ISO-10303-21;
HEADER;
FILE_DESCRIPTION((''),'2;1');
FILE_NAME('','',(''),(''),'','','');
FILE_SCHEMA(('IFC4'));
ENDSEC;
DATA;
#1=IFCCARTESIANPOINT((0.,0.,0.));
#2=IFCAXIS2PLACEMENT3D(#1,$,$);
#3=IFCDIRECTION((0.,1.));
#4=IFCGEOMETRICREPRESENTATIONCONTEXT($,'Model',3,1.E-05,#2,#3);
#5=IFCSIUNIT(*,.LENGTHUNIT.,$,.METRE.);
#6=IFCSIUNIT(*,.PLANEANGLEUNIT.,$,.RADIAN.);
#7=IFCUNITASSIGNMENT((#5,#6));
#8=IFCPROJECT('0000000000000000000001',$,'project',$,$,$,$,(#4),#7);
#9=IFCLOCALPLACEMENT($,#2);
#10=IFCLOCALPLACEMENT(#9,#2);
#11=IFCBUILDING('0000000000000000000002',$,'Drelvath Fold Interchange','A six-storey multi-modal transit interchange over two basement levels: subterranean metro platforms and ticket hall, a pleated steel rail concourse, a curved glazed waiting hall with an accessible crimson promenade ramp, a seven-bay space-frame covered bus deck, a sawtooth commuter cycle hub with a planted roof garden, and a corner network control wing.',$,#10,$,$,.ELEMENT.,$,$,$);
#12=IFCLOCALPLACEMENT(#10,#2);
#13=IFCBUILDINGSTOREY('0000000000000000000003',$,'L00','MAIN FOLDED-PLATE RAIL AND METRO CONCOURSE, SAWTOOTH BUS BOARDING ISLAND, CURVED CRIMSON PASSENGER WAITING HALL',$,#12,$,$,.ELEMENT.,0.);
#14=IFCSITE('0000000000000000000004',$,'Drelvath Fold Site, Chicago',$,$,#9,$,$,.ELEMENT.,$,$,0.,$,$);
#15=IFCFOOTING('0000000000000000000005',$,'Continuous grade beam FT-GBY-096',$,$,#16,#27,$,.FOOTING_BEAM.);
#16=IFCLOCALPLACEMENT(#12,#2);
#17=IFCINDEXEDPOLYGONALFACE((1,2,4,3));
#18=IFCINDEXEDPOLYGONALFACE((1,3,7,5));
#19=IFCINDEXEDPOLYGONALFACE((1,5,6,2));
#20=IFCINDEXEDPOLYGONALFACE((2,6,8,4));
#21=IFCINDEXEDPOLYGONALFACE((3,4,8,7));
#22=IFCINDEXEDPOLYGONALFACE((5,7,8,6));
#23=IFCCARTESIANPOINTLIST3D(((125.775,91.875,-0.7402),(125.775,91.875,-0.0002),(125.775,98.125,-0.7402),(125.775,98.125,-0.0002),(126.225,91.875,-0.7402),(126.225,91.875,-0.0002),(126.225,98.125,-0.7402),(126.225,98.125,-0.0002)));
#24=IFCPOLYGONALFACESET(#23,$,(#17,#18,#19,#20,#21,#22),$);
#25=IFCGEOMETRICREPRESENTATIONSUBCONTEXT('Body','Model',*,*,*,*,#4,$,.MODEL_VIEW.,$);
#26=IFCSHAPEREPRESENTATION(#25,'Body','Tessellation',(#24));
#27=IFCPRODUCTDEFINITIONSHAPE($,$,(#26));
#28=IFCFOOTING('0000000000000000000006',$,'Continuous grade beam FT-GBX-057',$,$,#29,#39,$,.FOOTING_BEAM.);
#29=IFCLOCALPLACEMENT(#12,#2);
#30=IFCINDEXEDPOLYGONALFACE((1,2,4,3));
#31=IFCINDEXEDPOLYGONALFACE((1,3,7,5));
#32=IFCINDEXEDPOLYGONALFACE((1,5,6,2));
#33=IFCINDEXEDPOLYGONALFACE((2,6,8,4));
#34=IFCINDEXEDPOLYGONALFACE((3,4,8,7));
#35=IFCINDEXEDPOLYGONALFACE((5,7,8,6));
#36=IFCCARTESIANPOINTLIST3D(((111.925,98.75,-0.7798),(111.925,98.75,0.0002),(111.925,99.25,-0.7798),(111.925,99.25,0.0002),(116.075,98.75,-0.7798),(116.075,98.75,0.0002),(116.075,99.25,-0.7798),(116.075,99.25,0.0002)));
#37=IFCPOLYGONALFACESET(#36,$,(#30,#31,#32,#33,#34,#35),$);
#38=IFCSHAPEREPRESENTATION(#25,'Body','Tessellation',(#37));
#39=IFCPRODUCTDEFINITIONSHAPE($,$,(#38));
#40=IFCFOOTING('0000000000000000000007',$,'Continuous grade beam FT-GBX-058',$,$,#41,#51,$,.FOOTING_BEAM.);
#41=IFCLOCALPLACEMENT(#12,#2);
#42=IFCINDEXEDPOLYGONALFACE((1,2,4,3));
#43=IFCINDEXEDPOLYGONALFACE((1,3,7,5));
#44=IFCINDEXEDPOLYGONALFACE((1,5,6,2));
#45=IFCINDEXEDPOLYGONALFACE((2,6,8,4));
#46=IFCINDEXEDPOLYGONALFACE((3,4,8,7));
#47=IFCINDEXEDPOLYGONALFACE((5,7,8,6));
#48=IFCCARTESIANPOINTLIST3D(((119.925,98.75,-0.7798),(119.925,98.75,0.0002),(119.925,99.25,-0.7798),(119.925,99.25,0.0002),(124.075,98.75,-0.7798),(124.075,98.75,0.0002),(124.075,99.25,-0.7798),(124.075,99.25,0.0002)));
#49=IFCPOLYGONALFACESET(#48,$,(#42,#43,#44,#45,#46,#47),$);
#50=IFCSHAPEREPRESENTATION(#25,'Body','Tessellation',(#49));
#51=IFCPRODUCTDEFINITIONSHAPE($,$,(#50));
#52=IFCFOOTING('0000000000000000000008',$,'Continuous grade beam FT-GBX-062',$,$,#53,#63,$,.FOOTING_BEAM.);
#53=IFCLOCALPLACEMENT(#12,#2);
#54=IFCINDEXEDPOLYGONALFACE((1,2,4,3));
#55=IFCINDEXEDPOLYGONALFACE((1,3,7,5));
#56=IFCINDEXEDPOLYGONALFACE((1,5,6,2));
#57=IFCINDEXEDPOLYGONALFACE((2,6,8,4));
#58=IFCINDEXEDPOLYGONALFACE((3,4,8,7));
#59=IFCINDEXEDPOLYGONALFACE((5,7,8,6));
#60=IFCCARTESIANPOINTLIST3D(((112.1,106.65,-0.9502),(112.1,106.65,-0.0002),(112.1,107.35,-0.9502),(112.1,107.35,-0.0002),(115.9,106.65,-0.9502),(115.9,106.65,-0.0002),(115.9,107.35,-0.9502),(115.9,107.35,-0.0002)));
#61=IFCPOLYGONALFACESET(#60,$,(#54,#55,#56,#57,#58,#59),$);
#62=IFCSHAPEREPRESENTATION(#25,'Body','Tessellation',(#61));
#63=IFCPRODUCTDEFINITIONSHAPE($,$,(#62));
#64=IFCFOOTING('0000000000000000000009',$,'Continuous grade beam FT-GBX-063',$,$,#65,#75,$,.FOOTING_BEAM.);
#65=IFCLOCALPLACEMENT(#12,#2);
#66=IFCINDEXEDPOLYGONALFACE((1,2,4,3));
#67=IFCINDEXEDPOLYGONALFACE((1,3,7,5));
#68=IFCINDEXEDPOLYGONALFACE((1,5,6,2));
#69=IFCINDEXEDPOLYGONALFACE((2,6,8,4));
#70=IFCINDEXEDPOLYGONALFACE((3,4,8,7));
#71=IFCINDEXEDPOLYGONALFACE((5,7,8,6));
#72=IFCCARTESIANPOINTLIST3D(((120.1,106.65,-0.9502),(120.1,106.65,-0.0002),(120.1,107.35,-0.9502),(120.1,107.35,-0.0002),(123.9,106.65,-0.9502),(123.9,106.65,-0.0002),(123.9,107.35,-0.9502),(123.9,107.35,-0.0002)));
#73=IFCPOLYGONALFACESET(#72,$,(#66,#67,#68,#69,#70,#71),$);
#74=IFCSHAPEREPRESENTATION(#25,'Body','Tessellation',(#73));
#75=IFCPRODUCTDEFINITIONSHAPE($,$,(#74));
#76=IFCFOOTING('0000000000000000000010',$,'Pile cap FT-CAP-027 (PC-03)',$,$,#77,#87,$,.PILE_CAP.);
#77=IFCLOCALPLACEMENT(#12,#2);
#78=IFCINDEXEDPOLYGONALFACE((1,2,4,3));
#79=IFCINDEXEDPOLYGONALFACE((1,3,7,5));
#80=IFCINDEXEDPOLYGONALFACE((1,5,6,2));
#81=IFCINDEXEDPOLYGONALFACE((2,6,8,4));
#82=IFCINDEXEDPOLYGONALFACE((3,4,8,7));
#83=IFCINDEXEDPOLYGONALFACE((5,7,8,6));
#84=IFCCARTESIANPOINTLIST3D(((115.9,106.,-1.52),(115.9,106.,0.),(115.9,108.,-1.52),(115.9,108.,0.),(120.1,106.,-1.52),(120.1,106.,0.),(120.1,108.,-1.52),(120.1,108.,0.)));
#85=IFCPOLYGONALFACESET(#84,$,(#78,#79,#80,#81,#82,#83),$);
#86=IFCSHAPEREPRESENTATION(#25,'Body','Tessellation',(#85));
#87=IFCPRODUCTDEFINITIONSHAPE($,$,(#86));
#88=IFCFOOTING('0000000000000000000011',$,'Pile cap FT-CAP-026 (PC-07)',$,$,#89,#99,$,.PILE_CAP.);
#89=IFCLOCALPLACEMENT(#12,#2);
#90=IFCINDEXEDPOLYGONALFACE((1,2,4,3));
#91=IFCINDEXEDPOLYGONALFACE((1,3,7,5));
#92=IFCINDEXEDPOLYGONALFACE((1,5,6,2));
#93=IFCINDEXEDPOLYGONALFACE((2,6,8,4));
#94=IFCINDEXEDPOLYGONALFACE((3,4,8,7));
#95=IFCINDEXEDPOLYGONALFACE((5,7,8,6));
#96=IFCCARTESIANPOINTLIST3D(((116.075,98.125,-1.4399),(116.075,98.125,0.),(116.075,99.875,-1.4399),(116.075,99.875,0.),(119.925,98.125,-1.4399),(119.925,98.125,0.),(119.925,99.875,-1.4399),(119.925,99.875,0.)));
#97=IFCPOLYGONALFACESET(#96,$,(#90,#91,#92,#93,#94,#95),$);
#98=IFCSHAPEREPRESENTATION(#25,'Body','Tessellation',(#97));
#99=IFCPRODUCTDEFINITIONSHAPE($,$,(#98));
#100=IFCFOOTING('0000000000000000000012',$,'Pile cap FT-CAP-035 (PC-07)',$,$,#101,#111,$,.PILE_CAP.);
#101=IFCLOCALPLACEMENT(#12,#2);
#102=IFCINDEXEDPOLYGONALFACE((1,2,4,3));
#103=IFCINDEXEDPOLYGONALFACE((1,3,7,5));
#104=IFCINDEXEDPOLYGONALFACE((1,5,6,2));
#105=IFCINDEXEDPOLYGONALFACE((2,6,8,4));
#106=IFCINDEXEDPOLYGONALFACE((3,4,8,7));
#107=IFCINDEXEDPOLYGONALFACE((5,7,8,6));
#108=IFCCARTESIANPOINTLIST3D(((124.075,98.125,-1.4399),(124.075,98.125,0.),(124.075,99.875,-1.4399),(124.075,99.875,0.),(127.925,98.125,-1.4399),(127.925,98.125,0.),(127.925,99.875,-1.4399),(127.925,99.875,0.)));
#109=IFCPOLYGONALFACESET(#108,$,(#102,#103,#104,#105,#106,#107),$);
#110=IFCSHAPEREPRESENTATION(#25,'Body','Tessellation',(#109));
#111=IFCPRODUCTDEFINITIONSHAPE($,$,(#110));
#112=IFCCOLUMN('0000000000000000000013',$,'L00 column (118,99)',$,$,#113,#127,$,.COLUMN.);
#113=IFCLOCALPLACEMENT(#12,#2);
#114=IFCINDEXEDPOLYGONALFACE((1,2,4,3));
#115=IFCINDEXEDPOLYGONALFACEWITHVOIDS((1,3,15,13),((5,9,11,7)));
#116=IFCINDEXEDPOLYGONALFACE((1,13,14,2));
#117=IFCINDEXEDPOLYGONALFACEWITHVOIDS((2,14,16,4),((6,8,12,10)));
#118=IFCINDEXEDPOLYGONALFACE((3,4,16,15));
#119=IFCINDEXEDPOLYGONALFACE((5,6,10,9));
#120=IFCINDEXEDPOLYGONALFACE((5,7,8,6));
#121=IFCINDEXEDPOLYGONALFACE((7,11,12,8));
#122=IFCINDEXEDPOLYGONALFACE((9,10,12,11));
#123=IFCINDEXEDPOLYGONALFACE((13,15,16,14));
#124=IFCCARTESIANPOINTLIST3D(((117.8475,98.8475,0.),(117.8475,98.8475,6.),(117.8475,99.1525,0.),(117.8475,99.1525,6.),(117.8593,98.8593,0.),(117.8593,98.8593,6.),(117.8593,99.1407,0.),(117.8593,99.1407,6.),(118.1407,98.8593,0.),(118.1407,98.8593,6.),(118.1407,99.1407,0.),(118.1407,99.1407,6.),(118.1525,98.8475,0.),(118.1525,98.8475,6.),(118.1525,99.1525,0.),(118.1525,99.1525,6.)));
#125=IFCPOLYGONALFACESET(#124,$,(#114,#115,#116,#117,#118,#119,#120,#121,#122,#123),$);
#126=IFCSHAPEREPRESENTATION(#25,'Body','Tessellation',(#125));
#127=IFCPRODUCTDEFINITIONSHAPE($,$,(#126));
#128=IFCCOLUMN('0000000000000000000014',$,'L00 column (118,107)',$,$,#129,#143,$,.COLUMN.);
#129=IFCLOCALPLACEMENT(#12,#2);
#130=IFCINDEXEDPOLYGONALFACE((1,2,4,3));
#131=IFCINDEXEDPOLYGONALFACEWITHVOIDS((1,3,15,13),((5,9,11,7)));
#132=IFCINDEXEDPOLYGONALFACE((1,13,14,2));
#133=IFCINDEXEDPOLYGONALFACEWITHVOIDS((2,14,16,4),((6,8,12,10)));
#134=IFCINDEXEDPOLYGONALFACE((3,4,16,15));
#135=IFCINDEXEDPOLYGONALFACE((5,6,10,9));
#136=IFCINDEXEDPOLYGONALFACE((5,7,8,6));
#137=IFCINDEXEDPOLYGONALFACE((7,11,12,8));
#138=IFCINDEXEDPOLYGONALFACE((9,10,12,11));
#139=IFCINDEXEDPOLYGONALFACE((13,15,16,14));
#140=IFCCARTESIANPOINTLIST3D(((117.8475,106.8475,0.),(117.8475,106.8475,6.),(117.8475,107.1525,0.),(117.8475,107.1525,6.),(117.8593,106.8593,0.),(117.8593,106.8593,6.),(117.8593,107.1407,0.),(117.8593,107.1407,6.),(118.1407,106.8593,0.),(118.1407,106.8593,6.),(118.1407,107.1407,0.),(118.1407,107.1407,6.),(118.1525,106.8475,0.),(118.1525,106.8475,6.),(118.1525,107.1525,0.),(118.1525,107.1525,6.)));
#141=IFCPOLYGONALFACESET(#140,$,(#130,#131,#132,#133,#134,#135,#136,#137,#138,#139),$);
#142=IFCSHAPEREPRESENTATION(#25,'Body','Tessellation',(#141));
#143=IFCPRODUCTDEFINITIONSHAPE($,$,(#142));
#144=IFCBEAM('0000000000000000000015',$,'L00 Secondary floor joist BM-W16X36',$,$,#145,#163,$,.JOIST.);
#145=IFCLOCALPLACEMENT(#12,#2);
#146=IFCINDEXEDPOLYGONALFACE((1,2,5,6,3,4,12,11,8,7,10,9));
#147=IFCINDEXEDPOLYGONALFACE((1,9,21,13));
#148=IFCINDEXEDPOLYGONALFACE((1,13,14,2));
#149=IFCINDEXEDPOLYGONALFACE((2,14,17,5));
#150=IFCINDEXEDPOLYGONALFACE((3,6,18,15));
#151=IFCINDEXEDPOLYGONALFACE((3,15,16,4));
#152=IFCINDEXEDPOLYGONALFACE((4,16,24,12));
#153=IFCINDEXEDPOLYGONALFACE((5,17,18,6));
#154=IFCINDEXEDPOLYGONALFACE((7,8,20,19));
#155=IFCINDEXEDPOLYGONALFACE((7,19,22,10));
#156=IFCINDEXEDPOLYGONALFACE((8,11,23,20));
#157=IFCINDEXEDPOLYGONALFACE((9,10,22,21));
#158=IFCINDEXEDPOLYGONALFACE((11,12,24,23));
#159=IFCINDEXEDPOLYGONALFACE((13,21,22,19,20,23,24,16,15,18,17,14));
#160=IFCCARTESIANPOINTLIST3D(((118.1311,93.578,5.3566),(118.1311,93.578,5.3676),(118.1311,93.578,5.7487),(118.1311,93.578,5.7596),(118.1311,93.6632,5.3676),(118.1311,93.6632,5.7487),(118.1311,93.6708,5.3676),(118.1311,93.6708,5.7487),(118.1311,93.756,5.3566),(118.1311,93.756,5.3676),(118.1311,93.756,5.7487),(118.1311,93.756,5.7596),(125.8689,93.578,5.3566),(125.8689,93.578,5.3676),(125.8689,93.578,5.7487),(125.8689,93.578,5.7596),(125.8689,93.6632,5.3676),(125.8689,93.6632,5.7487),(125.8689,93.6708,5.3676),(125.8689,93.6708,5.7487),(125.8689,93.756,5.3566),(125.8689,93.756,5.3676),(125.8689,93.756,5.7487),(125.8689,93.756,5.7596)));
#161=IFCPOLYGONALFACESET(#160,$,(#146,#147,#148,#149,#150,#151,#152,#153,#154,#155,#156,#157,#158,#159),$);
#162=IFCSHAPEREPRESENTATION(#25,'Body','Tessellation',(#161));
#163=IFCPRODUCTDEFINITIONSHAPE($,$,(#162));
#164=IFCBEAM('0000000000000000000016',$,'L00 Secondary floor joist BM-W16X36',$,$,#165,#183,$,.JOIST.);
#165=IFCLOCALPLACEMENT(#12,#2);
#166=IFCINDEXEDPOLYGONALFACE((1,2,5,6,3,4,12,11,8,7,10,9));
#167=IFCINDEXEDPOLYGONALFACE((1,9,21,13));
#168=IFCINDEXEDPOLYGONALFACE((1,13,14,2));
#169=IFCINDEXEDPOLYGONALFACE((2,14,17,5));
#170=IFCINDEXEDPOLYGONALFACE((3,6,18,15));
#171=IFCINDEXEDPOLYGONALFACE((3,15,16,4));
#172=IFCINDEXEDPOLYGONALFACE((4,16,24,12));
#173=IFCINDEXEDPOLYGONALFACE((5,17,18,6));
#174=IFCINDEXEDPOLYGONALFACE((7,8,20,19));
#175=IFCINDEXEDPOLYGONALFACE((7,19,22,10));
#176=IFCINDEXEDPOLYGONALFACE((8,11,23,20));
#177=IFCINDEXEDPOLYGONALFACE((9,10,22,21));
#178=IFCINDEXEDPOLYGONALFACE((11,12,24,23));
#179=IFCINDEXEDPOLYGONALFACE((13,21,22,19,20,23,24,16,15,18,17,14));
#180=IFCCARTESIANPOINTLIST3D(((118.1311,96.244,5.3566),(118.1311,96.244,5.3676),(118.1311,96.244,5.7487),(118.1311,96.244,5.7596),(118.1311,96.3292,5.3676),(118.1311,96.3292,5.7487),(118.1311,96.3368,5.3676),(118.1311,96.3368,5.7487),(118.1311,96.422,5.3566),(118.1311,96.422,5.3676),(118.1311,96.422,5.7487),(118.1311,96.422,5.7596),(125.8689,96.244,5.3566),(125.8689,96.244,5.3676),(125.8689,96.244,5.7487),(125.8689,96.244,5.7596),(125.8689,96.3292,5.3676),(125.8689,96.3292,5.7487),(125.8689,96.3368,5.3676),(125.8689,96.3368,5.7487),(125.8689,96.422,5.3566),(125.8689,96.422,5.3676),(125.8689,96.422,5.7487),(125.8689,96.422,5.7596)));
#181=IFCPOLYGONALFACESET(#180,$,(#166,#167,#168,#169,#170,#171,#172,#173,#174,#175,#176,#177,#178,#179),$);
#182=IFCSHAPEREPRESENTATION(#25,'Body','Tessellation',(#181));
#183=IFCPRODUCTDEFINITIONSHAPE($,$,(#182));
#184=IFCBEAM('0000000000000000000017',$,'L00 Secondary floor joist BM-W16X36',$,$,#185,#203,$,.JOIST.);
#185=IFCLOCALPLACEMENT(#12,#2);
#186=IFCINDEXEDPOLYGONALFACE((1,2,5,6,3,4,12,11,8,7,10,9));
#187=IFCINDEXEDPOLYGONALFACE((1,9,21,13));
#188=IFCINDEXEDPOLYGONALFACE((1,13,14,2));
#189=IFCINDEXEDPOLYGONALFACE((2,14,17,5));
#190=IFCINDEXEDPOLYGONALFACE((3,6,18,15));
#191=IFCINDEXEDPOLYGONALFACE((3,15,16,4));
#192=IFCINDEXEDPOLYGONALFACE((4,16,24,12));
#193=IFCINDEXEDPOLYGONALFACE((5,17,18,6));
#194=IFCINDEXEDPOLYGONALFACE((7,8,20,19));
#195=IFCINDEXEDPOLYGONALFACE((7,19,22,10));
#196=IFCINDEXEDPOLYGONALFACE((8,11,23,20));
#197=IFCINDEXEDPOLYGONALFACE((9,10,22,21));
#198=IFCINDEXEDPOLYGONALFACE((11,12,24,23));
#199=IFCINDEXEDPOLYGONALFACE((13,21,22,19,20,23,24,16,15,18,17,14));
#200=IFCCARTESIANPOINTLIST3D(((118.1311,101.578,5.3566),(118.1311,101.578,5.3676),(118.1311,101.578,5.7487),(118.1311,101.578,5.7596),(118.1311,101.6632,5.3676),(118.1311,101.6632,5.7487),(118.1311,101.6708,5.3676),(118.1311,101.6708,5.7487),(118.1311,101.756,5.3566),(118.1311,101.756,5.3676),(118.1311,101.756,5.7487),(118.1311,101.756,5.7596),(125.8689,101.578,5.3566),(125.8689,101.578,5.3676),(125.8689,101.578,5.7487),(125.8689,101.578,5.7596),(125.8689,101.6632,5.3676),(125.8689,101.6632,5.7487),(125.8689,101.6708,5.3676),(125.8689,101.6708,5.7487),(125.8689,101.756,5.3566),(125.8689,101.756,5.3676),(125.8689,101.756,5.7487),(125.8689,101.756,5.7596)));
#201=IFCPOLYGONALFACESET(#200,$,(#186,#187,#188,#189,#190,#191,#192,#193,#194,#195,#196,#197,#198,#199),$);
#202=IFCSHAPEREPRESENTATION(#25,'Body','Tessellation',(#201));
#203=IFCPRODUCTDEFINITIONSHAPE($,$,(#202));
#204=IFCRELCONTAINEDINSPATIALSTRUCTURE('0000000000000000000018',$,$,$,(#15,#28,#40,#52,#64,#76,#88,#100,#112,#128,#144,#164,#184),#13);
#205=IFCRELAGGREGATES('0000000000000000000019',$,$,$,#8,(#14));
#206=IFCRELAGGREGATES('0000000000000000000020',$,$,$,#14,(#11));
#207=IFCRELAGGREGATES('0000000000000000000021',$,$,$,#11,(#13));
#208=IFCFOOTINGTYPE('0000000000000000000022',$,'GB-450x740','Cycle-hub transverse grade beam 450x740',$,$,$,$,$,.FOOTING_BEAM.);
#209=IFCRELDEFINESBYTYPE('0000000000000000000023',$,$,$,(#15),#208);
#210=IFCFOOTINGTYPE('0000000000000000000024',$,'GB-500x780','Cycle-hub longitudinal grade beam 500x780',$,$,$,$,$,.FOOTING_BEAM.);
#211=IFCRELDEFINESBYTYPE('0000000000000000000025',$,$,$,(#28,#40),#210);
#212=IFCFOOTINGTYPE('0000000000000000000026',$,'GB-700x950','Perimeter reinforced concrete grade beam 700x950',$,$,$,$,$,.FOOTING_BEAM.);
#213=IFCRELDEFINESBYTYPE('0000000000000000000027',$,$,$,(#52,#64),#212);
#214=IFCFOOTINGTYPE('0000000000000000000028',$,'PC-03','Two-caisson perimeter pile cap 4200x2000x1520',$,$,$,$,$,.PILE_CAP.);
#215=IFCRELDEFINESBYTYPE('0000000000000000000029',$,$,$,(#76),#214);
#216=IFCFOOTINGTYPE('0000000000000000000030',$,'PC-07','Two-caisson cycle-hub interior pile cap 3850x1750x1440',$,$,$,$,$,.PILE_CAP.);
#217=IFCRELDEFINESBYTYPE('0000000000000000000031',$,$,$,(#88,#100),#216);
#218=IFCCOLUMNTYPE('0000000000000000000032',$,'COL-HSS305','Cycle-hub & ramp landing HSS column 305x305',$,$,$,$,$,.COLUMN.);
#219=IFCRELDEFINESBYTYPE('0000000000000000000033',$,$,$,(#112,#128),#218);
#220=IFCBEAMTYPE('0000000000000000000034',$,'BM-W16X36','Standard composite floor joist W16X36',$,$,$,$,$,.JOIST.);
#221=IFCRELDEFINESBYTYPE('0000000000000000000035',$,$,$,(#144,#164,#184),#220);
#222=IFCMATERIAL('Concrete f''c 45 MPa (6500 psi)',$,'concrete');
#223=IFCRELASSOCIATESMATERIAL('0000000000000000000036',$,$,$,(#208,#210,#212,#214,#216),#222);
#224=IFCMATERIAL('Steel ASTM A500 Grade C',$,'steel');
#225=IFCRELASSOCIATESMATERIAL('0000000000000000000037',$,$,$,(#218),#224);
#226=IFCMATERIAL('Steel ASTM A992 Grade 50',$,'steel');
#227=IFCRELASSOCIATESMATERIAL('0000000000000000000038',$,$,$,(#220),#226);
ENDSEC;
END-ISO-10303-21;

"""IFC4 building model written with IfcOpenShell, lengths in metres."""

from ifc_helpers import new_model, si_unit, direction, frame, origin, origin_2d, place, context, subcontext, project, spatial, rectangle, hollow_rectangle, i_section, extrude, material, material_profile, profile_set, type_object, element, save


model = new_model("IFC4")

# Units and contexts
model_context = context("Model", 3, precision=1e-05, world=origin(), true_north=direction((0.0, 1.0)))
body_context = subcontext(model_context, "Body", "Model", "MODEL_VIEW")
ifc_project = project(units=[si_unit("LENGTHUNIT", "METRE"), si_unit("PLANEANGLEUNIT", "RADIAN")], contexts=[model_context])

# Site, building, storey
site_placement = place(None, origin())
site = spatial("IfcSite", under=ifc_project, at=site_placement, Name="Drelvath Fold Site, Chicago", CompositionType="ELEMENT", RefElevation=0.0)
building_placement = place(site_placement, origin())
building = spatial("IfcBuilding", under=site, at=building_placement, Name="Drelvath Fold Interchange", Description="A six-storey multi-modal transit interchange over two basement levels: subterranean metro platforms and ticket hall, a pleated steel rail concourse, a curved glazed waiting hall with an accessible crimson promenade ramp, a seven-bay space-frame covered bus deck, a sawtooth commuter cycle hub with a planted roof garden, and a corner network control wing.", CompositionType="ELEMENT")
storey_placement = place(building_placement, origin())
storey = spatial("IfcBuildingStorey", under=building, at=storey_placement, Name="L00", Description="MAIN FOLDED-PLATE RAIL AND METRO CONCOURSE, SAWTOOTH BUS BOARDING ISLAND, CURVED CRIMSON PASSENGER WAITING HALL", CompositionType="ELEMENT", Elevation=0.0)

# Footings
ifc_material_1 = material(Name="Concrete f'c 45 MPa (6500 psi)", Category="concrete")
footing_type_1 = type_object("IfcFootingType", Name="GB-450x740", Description="Cycle-hub transverse grade beam 450x740", PredefinedType="FOOTING_BEAM", material=ifc_material_1)
footing_1_placement = place(storey_placement, frame((126.0, 95.0, -0.7402), z_axis=(0.0, 0.0, 1.0), x_axis=(1.0, 0.0, 0.0)))
element("IfcFooting", 1, at=footing_1_placement, inside=storey, type_object=footing_type_1, Name="Continuous grade beam FT-GBY-096", PredefinedType="FOOTING_BEAM", context=body_context, shape_type="SweptSolid", body=[
    extrude(rectangle(XDim=0.45, YDim=6.25, at=origin_2d()), origin(), (0.0, 0.0, 1.0), 0.74),
])
footing_type_2 = type_object("IfcFootingType", Name="GB-500x780", Description="Cycle-hub longitudinal grade beam 500x780", PredefinedType="FOOTING_BEAM", material=ifc_material_1)
for number, where, z_axis, x_axis, name in (
    (2, (114.0, 99.0, -0.7798), (0.0, 0.0, 1.0), (1.0, 0.0, 0.0), "Continuous grade beam FT-GBX-057"),
    (3, (122.0, 99.0, -0.7798), (0.0, 0.0, 1.0), (1.0, 0.0, 0.0), "Continuous grade beam FT-GBX-058"),
):
    element("IfcFooting", number, at=place(storey_placement, frame(where, z_axis=z_axis, x_axis=x_axis)), inside=storey, type_object=footing_type_2, Name=name, PredefinedType="FOOTING_BEAM", context=body_context, shape_type="SweptSolid", body=[
        extrude(rectangle(XDim=4.1499, YDim=0.5, at=origin_2d()), origin(), (0.0, 0.0, 1.0), 0.78),
    ])
footing_type_3 = type_object("IfcFootingType", Name="GB-700x950", Description="Perimeter reinforced concrete grade beam 700x950", PredefinedType="FOOTING_BEAM", material=ifc_material_1)
for number, where, z_axis, x_axis, name in (
    (4, (114.0, 107.0, -0.9502), (0.0, 0.0, 1.0), (1.0, 0.0, 0.0), "Continuous grade beam FT-GBX-062"),
    (5, (122.0, 107.0, -0.9502), (0.0, 0.0, 1.0), (1.0, 0.0, 0.0), "Continuous grade beam FT-GBX-063"),
):
    element("IfcFooting", number, at=place(storey_placement, frame(where, z_axis=z_axis, x_axis=x_axis)), inside=storey, type_object=footing_type_3, Name=name, PredefinedType="FOOTING_BEAM", context=body_context, shape_type="SweptSolid", body=[
        extrude(rectangle(XDim=3.8, YDim=0.7, at=origin_2d()), origin(), (0.0, 0.0, 1.0), 0.95),
    ])
footing_type_4 = type_object("IfcFootingType", Name="PC-03", Description="Two-caisson perimeter pile cap 4200x2000x1520", PredefinedType="PILE_CAP", material=ifc_material_1)
footing_2_placement = place(storey_placement, frame((118.0, 107.0, -1.52), z_axis=(0.0, 0.0, 1.0), x_axis=(1.0, 0.0, 0.0)))
element("IfcFooting", 6, at=footing_2_placement, inside=storey, type_object=footing_type_4, Name="Pile cap FT-CAP-027 (PC-03)", PredefinedType="PILE_CAP", context=body_context, shape_type="SweptSolid", body=[
    extrude(rectangle(XDim=4.2, YDim=2.0, at=origin_2d()), origin(), (0.0, 0.0, 1.0), 1.52),
])
footing_type_5 = type_object("IfcFootingType", Name="PC-07", Description="Two-caisson cycle-hub interior pile cap 3850x1750x1440", PredefinedType="PILE_CAP", material=ifc_material_1)
for number, where, z_axis, x_axis, name in (
    (7, (118.0, 99.0, -1.4399), (0.0, 0.0, 1.0), (1.0, 0.0, 0.0), "Pile cap FT-CAP-026 (PC-07)"),
    (8, (126.0, 99.0, -1.4399), (0.0, 0.0, 1.0), (1.0, 0.0, 0.0), "Pile cap FT-CAP-035 (PC-07)"),
):
    element("IfcFooting", number, at=place(storey_placement, frame(where, z_axis=z_axis, x_axis=x_axis)), inside=storey, type_object=footing_type_5, Name=name, PredefinedType="PILE_CAP", context=body_context, shape_type="SweptSolid", body=[
        extrude(rectangle(XDim=3.8501, YDim=1.75, at=origin_2d()), origin(), (0.0, 0.0, 1.0), 1.4399),
    ])

# Columns
ifc_material_2 = material(Name="Steel ASTM A500 Grade C", Category="steel")
ifc_material_profile_1 = material_profile(ifc_material_2, hollow_rectangle(XDim=0.3049, YDim=0.3049, WallThickness=0.0117, at=origin_2d()), Name="HSS12X12X1/2")
ifc_profile_set_1 = profile_set([ifc_material_profile_1], Name="Steel ASTM A500 Grade C")
column_type = type_object("IfcColumnType", Name="COL-HSS305", Description="Cycle-hub & ramp landing HSS column 305x305", PredefinedType="COLUMN", material=ifc_profile_set_1)
for number, where, z_axis, x_axis, name in (
    (9, (118.0, 99.0, 0.0), (0.0, 0.0, 1.0), (1.0, 0.0, 0.0), "L00 column (118,99)"),
    (10, (118.0, 107.0, 0.0), (0.0, 0.0, 1.0), (1.0, 0.0, 0.0), "L00 column (118,107)"),
):
    element("IfcColumn", number, at=place(storey_placement, frame(where, z_axis=z_axis, x_axis=x_axis)), inside=storey, type_object=column_type, Name=name, PredefinedType="COLUMN", context=body_context, shape_type="SweptSolid", body=[
        extrude(hollow_rectangle(XDim=0.3049, YDim=0.3049, WallThickness=0.0117, at=origin_2d()), origin(), (0.0, 0.0, 1.0), 6.0),
    ])

# Beams
ifc_material_3 = material(Name="Steel ASTM A992 Grade 50", Category="steel")
ifc_material_profile_2 = material_profile(ifc_material_3, i_section(OverallWidth=0.178, OverallDepth=0.4031, WebThickness=0.0076, FlangeThickness=0.011, at=origin_2d()), Name="W16X36")
ifc_profile_set_2 = profile_set([ifc_material_profile_2], Name="Steel ASTM A992 Grade 50")
beam_type_1 = type_object("IfcBeamType", Name="BM-W16X36", Description="Standard composite floor joist W16X36", PredefinedType="JOIST", material=ifc_profile_set_2)
for number, where, z_axis, x_axis, name in (
    (11, (118.1311, 93.667, 5.5581), (1.0, 0.0, 0.0), (0.0, 1.0, 0.0), "L00 Secondary floor joist BM-W16X36"),
    (12, (118.1311, 96.333, 5.5581), (1.0, 0.0, 0.0), (0.0, 1.0, 0.0), "L00 Secondary floor joist BM-W16X36"),
    (13, (118.1311, 101.667, 5.5581), (1.0, 0.0, 0.0), (0.0, 1.0, 0.0), "L00 Secondary floor joist BM-W16X36"),
):
    element("IfcBeam", number, at=place(storey_placement, frame(where, z_axis=z_axis, x_axis=x_axis)), inside=storey, type_object=beam_type_1, Name=name, PredefinedType="JOIST", context=body_context, shape_type="SweptSolid", body=[
        extrude(i_section(OverallWidth=0.178, OverallDepth=0.4031, WebThickness=0.0076, FlangeThickness=0.011, at=origin_2d()), origin(), (0.0, 0.0, 1.0), 7.7378),
    ])

save(model, "model.ifc")
